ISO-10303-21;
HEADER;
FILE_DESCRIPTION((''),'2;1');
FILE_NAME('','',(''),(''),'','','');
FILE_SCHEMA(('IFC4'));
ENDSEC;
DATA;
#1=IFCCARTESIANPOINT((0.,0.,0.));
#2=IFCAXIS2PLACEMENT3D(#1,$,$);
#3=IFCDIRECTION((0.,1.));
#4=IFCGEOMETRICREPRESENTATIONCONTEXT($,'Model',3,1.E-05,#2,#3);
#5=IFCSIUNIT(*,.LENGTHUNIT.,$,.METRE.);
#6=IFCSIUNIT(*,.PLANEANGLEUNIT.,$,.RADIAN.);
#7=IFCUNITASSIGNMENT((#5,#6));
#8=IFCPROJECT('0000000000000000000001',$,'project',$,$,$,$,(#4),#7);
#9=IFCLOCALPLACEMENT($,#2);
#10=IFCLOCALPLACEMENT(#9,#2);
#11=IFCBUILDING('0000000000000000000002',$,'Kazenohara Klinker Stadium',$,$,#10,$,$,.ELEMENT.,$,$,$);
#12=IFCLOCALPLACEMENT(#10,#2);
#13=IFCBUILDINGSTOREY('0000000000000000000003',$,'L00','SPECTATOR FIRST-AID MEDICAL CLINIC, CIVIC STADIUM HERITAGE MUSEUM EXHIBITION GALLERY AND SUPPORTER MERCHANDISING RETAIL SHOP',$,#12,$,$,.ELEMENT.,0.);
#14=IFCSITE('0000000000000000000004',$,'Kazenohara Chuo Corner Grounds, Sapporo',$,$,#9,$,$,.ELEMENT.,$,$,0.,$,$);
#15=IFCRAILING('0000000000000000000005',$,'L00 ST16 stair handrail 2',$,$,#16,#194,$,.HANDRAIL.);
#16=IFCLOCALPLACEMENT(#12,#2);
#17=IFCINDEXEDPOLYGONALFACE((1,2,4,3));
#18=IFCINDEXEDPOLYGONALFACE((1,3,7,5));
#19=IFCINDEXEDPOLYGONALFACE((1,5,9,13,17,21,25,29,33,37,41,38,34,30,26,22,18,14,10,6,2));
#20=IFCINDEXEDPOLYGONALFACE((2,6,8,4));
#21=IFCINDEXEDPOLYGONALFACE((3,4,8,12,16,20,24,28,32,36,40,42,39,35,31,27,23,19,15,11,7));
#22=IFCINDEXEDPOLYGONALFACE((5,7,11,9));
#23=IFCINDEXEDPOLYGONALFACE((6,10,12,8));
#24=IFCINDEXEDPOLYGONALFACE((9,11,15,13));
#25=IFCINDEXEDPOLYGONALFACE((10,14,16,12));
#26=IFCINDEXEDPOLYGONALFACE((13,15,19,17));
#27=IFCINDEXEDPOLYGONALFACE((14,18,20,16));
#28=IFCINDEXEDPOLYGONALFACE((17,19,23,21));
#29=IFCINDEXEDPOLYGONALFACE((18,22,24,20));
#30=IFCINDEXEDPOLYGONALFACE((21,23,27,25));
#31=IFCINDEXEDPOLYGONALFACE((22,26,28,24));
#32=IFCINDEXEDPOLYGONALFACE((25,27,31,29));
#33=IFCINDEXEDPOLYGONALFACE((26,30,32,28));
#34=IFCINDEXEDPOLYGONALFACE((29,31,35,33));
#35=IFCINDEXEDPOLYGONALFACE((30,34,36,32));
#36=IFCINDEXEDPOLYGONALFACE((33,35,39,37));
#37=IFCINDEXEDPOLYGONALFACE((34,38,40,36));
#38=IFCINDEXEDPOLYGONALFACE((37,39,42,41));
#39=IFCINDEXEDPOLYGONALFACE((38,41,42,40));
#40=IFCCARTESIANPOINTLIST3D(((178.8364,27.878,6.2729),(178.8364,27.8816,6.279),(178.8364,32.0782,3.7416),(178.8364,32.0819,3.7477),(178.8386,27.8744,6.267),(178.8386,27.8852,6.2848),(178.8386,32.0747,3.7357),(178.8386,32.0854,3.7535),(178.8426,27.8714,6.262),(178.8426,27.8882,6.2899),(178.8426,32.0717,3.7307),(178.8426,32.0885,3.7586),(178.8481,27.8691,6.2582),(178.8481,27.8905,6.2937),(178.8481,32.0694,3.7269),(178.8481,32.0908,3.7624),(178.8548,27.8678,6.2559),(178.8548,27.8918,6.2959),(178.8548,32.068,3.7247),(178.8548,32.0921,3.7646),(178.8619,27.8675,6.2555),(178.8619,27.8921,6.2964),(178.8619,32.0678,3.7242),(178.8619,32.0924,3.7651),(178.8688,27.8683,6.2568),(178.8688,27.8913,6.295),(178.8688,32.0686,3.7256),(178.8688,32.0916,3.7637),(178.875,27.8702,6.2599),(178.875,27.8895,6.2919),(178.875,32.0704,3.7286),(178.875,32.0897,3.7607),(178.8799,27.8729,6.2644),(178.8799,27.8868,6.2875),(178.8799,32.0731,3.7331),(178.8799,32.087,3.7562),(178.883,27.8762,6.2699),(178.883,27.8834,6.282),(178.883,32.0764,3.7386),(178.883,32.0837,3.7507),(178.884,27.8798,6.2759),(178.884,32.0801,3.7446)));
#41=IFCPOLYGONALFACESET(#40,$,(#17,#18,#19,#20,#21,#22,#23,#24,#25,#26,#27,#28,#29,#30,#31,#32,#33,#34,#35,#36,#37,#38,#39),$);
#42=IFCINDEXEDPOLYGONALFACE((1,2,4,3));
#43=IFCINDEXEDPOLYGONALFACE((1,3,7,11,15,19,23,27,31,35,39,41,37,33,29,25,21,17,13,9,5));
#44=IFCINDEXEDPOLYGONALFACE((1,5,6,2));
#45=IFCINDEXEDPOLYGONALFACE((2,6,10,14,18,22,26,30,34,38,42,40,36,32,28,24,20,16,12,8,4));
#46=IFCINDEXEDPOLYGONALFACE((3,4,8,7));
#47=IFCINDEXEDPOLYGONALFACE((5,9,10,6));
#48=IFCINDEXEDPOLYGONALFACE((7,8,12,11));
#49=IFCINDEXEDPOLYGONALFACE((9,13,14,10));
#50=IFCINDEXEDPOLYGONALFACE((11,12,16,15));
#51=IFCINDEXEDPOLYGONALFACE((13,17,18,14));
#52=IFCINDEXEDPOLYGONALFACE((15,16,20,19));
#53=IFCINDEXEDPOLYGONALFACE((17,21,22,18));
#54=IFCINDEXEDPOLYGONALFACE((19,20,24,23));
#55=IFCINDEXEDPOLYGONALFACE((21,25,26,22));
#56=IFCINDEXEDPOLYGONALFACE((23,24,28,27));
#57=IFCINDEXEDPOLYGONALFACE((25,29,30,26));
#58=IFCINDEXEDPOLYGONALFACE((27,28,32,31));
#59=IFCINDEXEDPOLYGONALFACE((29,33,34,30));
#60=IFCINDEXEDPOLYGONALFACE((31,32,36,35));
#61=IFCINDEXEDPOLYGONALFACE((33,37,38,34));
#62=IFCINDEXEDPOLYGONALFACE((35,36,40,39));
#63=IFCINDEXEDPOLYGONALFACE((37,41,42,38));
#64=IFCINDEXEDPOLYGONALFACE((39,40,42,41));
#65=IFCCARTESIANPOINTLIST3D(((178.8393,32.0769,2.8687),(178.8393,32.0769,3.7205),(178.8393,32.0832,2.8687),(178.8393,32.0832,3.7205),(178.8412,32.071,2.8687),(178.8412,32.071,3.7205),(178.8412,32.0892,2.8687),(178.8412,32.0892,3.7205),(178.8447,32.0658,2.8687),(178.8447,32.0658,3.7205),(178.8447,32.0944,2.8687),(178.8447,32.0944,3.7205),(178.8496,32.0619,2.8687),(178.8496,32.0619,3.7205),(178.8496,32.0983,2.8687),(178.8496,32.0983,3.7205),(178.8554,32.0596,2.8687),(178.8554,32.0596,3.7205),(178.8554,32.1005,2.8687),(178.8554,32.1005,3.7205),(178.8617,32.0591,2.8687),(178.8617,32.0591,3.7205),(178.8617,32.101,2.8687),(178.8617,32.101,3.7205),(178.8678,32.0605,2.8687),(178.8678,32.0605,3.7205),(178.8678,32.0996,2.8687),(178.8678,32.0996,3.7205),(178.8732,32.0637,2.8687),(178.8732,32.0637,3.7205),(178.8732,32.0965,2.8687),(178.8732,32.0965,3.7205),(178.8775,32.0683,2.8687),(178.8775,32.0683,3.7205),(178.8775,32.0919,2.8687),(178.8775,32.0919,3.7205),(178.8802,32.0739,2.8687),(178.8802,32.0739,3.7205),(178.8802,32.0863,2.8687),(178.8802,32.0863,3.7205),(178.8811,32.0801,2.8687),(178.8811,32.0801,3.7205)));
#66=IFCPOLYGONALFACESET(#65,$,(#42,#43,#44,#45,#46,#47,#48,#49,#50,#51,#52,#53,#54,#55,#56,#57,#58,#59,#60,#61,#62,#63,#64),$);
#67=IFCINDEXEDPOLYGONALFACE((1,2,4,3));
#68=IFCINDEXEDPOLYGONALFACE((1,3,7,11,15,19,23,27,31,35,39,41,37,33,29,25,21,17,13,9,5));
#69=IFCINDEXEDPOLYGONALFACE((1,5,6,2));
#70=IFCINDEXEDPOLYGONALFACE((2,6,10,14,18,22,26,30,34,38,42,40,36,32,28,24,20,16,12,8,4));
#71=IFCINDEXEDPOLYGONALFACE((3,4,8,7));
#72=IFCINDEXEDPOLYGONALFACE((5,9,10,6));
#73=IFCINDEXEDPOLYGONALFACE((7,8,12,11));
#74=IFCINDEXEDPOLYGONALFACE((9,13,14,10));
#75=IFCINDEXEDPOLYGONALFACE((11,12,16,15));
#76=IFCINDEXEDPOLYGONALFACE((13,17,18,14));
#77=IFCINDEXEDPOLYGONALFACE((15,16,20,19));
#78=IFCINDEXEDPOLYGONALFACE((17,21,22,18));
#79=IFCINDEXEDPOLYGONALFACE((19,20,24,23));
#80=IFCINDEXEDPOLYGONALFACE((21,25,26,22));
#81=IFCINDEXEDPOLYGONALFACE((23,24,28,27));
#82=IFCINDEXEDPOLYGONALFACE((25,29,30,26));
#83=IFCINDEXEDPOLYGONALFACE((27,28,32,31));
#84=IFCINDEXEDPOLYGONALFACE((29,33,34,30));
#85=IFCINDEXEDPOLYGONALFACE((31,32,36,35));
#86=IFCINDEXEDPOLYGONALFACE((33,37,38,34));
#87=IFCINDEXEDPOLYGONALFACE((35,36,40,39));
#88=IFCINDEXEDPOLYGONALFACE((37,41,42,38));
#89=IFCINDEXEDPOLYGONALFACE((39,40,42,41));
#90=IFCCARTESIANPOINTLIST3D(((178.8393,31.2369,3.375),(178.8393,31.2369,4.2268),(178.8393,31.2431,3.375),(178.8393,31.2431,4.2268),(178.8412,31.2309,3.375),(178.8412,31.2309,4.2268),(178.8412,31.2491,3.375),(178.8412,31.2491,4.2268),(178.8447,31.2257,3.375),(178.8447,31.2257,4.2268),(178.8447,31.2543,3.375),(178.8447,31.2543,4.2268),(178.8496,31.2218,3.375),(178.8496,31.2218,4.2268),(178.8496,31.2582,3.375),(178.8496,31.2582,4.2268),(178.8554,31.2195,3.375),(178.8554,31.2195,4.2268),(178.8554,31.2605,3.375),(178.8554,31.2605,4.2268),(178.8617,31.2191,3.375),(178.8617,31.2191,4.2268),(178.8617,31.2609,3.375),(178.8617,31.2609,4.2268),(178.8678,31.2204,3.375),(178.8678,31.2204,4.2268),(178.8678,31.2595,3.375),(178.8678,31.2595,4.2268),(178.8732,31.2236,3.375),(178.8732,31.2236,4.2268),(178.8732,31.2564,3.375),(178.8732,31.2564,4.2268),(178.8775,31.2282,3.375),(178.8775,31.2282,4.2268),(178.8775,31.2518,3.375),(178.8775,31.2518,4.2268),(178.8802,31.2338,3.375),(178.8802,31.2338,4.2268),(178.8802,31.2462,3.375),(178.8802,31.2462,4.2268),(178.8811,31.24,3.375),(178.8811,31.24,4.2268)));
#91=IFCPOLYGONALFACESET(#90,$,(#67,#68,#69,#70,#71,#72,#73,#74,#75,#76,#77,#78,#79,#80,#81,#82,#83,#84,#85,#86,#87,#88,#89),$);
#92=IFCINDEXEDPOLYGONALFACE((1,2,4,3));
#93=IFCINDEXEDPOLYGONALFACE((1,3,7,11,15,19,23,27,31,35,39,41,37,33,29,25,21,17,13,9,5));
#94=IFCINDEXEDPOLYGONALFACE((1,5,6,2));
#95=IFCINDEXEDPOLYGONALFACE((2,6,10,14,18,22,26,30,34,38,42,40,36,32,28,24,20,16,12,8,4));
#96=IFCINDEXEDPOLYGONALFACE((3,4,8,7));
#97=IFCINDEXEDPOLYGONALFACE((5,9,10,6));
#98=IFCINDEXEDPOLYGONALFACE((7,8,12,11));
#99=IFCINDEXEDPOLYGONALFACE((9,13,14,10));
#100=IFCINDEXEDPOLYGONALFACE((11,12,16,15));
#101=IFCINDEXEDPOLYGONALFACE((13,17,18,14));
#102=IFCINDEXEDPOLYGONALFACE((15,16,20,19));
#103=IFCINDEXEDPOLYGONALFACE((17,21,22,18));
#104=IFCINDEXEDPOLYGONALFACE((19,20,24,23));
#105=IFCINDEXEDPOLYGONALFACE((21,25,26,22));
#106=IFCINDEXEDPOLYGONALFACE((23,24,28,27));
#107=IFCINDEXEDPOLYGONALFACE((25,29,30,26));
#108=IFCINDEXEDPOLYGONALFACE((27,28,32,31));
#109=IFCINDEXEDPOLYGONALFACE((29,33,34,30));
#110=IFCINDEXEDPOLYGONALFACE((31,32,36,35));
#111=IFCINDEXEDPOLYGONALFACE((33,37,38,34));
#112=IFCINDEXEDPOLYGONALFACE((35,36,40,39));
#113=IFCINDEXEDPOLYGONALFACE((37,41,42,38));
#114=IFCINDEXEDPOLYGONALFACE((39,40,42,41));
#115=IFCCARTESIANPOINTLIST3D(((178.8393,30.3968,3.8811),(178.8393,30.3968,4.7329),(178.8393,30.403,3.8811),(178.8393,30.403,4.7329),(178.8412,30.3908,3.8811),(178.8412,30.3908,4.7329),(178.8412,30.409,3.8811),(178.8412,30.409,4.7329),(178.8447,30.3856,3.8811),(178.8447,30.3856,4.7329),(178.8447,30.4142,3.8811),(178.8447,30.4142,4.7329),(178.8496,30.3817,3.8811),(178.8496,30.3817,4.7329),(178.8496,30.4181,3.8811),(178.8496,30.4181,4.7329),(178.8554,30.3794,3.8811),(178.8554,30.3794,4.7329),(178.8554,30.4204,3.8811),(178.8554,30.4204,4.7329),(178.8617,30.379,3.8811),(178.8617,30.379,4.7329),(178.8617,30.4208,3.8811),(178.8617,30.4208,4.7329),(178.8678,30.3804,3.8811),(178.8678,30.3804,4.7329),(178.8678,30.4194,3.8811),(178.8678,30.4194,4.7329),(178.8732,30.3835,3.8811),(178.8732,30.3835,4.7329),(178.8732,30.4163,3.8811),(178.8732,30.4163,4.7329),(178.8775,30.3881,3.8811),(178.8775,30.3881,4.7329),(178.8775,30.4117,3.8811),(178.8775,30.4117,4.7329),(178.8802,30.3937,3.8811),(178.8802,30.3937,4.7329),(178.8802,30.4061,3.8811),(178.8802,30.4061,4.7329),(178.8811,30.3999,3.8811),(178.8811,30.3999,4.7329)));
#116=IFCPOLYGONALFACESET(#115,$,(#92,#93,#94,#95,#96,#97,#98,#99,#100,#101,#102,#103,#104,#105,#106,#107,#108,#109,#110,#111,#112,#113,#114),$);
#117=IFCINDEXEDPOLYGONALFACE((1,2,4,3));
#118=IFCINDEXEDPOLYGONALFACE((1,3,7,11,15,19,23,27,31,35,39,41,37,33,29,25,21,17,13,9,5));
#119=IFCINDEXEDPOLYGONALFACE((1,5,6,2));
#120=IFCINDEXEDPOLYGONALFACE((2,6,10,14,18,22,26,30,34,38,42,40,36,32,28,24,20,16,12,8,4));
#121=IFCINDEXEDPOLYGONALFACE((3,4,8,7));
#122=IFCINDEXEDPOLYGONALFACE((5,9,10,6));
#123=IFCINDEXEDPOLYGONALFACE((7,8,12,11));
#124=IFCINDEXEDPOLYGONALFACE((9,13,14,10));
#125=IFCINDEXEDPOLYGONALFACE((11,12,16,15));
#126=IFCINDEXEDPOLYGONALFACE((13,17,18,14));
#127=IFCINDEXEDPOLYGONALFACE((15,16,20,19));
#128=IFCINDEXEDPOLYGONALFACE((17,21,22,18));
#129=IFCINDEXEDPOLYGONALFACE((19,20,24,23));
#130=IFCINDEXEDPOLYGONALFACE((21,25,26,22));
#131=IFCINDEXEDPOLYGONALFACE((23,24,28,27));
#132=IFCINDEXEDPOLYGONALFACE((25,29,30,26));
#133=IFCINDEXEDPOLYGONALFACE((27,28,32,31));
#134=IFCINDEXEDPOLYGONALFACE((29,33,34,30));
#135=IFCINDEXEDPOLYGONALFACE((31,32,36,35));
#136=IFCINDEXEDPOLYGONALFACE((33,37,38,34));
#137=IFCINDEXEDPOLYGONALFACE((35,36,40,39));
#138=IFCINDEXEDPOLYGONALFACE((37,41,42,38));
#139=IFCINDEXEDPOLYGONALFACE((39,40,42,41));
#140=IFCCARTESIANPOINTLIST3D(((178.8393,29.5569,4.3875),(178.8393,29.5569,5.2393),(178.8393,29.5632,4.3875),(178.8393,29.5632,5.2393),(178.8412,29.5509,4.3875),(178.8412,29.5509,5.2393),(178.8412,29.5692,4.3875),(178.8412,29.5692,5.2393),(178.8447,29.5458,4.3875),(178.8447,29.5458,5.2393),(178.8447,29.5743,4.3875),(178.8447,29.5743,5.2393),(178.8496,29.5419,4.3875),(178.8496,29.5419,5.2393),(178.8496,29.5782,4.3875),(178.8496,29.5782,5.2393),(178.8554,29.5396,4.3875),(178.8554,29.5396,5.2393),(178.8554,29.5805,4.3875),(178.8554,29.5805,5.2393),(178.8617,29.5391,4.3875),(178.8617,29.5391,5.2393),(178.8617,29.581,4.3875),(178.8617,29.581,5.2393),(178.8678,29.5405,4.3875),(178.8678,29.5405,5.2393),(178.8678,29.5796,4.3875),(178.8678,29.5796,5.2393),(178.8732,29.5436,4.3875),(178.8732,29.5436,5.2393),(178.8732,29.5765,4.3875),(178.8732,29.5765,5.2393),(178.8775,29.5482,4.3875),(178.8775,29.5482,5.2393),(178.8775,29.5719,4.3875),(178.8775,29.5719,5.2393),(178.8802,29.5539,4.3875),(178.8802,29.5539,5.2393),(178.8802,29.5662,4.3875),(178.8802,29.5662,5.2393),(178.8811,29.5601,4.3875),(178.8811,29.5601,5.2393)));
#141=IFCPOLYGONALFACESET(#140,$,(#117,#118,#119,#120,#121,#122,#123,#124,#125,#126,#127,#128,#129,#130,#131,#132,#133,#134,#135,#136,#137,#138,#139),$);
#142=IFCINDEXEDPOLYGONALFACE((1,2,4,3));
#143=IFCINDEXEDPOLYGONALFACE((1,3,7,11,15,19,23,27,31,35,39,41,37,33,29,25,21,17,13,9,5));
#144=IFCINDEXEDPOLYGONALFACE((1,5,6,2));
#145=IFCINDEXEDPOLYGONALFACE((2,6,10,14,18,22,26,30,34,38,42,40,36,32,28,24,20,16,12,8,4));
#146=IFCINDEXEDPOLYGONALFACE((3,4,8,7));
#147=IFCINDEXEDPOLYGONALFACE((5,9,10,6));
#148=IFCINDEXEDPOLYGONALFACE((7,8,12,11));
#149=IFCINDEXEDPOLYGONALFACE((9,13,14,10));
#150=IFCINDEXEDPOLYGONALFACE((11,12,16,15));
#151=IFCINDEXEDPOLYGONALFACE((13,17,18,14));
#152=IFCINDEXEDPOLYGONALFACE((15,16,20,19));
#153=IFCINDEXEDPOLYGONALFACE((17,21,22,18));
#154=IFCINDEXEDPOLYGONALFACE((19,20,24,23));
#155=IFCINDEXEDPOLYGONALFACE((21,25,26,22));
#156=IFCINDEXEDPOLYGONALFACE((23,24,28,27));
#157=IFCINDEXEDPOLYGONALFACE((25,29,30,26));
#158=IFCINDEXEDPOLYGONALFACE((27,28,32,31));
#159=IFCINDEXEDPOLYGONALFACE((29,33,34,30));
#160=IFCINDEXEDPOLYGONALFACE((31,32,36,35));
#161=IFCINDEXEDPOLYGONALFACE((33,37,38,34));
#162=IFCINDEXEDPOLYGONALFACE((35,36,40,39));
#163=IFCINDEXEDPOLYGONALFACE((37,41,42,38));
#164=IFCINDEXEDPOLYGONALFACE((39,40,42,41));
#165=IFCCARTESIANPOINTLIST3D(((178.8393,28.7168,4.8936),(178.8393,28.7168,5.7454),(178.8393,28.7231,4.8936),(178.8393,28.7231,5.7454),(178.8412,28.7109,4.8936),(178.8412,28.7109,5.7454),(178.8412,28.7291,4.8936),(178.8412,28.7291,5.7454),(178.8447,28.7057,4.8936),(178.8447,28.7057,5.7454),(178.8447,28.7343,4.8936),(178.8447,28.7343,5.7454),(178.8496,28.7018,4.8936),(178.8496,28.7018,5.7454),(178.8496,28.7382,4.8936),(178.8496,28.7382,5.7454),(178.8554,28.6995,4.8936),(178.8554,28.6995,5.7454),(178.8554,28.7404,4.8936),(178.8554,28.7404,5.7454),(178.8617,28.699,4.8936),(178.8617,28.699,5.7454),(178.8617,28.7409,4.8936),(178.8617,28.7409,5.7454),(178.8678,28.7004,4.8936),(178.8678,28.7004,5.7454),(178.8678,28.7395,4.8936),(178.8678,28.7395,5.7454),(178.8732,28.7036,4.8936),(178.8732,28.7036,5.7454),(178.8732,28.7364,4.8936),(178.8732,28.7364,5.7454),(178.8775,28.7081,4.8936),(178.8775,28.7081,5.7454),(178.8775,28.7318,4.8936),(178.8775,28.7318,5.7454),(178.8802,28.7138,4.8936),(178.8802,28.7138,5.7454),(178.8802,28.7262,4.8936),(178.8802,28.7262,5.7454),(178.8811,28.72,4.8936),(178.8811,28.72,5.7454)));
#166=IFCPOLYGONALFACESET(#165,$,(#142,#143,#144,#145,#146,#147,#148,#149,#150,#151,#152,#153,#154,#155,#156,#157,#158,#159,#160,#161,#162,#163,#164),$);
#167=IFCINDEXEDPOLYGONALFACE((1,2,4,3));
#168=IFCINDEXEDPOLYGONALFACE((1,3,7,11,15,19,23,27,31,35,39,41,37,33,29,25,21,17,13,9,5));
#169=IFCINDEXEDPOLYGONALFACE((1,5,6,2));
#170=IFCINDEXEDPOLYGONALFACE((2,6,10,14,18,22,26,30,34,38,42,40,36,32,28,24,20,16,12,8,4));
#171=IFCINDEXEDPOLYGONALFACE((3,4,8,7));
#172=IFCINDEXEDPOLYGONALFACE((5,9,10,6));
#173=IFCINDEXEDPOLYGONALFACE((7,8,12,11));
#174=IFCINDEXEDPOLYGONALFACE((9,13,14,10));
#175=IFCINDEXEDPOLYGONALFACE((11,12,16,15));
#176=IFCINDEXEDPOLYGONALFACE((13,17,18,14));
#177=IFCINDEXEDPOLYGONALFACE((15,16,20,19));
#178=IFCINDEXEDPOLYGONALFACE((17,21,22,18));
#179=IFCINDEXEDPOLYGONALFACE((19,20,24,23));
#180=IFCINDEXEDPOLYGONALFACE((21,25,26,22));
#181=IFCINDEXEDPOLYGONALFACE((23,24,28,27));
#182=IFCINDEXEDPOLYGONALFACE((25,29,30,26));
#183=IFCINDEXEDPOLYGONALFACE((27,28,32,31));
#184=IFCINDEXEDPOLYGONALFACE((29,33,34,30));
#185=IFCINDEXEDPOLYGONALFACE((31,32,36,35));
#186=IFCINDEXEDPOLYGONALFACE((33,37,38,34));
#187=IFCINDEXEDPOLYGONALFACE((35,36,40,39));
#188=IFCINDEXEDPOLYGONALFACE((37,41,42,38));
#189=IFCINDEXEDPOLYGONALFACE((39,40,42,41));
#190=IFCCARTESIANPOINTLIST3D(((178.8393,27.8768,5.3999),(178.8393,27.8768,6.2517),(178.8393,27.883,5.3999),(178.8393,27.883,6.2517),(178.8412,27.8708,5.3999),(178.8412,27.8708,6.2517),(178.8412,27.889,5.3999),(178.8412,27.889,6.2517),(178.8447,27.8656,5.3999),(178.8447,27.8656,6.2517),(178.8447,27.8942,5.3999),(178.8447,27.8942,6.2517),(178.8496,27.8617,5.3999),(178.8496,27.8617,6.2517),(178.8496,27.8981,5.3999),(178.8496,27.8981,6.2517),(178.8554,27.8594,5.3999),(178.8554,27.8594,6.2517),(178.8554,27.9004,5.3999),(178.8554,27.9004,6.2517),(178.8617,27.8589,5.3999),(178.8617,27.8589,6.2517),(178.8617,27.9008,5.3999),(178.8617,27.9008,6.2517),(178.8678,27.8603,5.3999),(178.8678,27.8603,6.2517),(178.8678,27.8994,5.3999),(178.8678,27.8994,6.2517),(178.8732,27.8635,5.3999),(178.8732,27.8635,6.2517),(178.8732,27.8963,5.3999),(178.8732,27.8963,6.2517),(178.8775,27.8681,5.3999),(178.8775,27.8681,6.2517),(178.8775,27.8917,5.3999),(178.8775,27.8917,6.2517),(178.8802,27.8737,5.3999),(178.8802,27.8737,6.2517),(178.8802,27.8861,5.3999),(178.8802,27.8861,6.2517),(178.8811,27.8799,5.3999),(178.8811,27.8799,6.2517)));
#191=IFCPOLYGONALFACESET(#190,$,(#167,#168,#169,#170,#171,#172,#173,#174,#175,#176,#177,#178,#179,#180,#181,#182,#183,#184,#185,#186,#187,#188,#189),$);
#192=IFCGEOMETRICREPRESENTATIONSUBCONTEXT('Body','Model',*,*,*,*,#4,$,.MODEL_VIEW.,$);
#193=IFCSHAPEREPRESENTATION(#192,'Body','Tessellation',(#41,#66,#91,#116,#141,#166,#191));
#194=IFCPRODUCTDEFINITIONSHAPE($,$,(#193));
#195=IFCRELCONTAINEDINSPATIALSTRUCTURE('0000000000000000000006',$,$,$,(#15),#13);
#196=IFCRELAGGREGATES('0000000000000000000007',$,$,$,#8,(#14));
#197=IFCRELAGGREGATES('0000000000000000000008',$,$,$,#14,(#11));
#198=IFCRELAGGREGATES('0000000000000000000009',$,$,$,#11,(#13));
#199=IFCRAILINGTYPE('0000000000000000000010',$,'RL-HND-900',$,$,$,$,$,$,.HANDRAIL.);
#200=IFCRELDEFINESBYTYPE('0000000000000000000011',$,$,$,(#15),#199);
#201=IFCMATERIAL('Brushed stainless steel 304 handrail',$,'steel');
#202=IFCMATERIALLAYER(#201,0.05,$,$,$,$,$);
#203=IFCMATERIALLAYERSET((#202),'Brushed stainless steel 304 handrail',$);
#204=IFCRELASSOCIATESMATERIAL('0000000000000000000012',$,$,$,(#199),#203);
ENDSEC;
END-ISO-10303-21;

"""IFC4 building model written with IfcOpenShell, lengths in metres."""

from ifc_helpers import new_model, si_unit, direction, frame, origin, origin_2d, place, context, subcontext, project, spatial, circle, extrude, material, layer, layer_set, type_object, element, save


model = new_model("IFC4")

# Units and contexts
model_context = context("Model", 3, precision=1e-05, world=origin(), true_north=direction((0.0, 1.0)))
body_context = subcontext(model_context, "Body", "Model", "MODEL_VIEW")
ifc_project = project(units=[si_unit("LENGTHUNIT", "METRE"), si_unit("PLANEANGLEUNIT", "RADIAN")], contexts=[model_context])

# Site, building, storey
site_placement = place(None, origin())
site = spatial("IfcSite", under=ifc_project, at=site_placement, Name="Kazenohara Chuo Corner Grounds, Sapporo", CompositionType="ELEMENT", RefElevation=0.0)
building_placement = place(site_placement, origin())
building = spatial("IfcBuilding", under=site, at=building_placement, Name="Kazenohara Klinker Stadium", CompositionType="ELEMENT")
storey_placement = place(building_placement, origin())
storey = spatial("IfcBuildingStorey", under=building, at=storey_placement, Name="L00", Description="SPECTATOR FIRST-AID MEDICAL CLINIC, CIVIC STADIUM HERITAGE MUSEUM EXHIBITION GALLERY AND SUPPORTER MERCHANDISING RETAIL SHOP", CompositionType="ELEMENT", Elevation=0.0)

# Railing
ifc_material_1 = material(Name="Brushed stainless steel 304 handrail", Category="steel")
ifc_layer_1 = layer(ifc_material_1, 0.05)
ifc_layer_set_1 = layer_set([ifc_layer_1], Name="Brushed stainless steel 304 handrail")
railing_type_1 = type_object("IfcRailingType", Name="RL-HND-900", PredefinedType="HANDRAIL", material=ifc_layer_set_1)
railing_1_placement = place(storey_placement, frame((178.8601, 32.0801, 2.8687)))
element("IfcRailing", 1, at=railing_1_placement, inside=storey, type_object=railing_type_1, Name="L00 ST16 stair handrail 2", PredefinedType="HANDRAIL", context=body_context, shape_type="SweptSolid", body=[
    extrude(circle(Radius=0.0239, at=origin_2d()), frame((0.0, 0.0, 0.876), z_axis=(0.0, -0.85649, 0.516164), x_axis=(1.0, 0.0, 0.0)), (0.0, 0.0, 1.0), 4.9041),
    extrude(circle(Radius=0.021, at=origin_2d()), origin(), (0.0, 0.0, 1.0), 0.8518),
    extrude(circle(Radius=0.021, at=origin_2d()), frame((0.0, -0.8401, 0.5063)), (0.0, 0.0, 1.0), 0.8518),
    extrude(circle(Radius=0.021, at=origin_2d()), frame((0.0, -1.6802, 1.0125)), (0.0, 0.0, 1.0), 0.8518),
    extrude(circle(Radius=0.021, at=origin_2d()), frame((0.0, -2.52, 1.5188)), (0.0, 0.0, 1.0), 0.8518),
    extrude(circle(Radius=0.021, at=origin_2d()), frame((0.0, -3.3601, 2.0249)), (0.0, 0.0, 1.0), 0.8518),
    extrude(circle(Radius=0.021, at=origin_2d()), frame((0.0, -4.2002, 2.5312)), (0.0, 0.0, 1.0), 0.8518),
])

save(model, "model.ifc")
